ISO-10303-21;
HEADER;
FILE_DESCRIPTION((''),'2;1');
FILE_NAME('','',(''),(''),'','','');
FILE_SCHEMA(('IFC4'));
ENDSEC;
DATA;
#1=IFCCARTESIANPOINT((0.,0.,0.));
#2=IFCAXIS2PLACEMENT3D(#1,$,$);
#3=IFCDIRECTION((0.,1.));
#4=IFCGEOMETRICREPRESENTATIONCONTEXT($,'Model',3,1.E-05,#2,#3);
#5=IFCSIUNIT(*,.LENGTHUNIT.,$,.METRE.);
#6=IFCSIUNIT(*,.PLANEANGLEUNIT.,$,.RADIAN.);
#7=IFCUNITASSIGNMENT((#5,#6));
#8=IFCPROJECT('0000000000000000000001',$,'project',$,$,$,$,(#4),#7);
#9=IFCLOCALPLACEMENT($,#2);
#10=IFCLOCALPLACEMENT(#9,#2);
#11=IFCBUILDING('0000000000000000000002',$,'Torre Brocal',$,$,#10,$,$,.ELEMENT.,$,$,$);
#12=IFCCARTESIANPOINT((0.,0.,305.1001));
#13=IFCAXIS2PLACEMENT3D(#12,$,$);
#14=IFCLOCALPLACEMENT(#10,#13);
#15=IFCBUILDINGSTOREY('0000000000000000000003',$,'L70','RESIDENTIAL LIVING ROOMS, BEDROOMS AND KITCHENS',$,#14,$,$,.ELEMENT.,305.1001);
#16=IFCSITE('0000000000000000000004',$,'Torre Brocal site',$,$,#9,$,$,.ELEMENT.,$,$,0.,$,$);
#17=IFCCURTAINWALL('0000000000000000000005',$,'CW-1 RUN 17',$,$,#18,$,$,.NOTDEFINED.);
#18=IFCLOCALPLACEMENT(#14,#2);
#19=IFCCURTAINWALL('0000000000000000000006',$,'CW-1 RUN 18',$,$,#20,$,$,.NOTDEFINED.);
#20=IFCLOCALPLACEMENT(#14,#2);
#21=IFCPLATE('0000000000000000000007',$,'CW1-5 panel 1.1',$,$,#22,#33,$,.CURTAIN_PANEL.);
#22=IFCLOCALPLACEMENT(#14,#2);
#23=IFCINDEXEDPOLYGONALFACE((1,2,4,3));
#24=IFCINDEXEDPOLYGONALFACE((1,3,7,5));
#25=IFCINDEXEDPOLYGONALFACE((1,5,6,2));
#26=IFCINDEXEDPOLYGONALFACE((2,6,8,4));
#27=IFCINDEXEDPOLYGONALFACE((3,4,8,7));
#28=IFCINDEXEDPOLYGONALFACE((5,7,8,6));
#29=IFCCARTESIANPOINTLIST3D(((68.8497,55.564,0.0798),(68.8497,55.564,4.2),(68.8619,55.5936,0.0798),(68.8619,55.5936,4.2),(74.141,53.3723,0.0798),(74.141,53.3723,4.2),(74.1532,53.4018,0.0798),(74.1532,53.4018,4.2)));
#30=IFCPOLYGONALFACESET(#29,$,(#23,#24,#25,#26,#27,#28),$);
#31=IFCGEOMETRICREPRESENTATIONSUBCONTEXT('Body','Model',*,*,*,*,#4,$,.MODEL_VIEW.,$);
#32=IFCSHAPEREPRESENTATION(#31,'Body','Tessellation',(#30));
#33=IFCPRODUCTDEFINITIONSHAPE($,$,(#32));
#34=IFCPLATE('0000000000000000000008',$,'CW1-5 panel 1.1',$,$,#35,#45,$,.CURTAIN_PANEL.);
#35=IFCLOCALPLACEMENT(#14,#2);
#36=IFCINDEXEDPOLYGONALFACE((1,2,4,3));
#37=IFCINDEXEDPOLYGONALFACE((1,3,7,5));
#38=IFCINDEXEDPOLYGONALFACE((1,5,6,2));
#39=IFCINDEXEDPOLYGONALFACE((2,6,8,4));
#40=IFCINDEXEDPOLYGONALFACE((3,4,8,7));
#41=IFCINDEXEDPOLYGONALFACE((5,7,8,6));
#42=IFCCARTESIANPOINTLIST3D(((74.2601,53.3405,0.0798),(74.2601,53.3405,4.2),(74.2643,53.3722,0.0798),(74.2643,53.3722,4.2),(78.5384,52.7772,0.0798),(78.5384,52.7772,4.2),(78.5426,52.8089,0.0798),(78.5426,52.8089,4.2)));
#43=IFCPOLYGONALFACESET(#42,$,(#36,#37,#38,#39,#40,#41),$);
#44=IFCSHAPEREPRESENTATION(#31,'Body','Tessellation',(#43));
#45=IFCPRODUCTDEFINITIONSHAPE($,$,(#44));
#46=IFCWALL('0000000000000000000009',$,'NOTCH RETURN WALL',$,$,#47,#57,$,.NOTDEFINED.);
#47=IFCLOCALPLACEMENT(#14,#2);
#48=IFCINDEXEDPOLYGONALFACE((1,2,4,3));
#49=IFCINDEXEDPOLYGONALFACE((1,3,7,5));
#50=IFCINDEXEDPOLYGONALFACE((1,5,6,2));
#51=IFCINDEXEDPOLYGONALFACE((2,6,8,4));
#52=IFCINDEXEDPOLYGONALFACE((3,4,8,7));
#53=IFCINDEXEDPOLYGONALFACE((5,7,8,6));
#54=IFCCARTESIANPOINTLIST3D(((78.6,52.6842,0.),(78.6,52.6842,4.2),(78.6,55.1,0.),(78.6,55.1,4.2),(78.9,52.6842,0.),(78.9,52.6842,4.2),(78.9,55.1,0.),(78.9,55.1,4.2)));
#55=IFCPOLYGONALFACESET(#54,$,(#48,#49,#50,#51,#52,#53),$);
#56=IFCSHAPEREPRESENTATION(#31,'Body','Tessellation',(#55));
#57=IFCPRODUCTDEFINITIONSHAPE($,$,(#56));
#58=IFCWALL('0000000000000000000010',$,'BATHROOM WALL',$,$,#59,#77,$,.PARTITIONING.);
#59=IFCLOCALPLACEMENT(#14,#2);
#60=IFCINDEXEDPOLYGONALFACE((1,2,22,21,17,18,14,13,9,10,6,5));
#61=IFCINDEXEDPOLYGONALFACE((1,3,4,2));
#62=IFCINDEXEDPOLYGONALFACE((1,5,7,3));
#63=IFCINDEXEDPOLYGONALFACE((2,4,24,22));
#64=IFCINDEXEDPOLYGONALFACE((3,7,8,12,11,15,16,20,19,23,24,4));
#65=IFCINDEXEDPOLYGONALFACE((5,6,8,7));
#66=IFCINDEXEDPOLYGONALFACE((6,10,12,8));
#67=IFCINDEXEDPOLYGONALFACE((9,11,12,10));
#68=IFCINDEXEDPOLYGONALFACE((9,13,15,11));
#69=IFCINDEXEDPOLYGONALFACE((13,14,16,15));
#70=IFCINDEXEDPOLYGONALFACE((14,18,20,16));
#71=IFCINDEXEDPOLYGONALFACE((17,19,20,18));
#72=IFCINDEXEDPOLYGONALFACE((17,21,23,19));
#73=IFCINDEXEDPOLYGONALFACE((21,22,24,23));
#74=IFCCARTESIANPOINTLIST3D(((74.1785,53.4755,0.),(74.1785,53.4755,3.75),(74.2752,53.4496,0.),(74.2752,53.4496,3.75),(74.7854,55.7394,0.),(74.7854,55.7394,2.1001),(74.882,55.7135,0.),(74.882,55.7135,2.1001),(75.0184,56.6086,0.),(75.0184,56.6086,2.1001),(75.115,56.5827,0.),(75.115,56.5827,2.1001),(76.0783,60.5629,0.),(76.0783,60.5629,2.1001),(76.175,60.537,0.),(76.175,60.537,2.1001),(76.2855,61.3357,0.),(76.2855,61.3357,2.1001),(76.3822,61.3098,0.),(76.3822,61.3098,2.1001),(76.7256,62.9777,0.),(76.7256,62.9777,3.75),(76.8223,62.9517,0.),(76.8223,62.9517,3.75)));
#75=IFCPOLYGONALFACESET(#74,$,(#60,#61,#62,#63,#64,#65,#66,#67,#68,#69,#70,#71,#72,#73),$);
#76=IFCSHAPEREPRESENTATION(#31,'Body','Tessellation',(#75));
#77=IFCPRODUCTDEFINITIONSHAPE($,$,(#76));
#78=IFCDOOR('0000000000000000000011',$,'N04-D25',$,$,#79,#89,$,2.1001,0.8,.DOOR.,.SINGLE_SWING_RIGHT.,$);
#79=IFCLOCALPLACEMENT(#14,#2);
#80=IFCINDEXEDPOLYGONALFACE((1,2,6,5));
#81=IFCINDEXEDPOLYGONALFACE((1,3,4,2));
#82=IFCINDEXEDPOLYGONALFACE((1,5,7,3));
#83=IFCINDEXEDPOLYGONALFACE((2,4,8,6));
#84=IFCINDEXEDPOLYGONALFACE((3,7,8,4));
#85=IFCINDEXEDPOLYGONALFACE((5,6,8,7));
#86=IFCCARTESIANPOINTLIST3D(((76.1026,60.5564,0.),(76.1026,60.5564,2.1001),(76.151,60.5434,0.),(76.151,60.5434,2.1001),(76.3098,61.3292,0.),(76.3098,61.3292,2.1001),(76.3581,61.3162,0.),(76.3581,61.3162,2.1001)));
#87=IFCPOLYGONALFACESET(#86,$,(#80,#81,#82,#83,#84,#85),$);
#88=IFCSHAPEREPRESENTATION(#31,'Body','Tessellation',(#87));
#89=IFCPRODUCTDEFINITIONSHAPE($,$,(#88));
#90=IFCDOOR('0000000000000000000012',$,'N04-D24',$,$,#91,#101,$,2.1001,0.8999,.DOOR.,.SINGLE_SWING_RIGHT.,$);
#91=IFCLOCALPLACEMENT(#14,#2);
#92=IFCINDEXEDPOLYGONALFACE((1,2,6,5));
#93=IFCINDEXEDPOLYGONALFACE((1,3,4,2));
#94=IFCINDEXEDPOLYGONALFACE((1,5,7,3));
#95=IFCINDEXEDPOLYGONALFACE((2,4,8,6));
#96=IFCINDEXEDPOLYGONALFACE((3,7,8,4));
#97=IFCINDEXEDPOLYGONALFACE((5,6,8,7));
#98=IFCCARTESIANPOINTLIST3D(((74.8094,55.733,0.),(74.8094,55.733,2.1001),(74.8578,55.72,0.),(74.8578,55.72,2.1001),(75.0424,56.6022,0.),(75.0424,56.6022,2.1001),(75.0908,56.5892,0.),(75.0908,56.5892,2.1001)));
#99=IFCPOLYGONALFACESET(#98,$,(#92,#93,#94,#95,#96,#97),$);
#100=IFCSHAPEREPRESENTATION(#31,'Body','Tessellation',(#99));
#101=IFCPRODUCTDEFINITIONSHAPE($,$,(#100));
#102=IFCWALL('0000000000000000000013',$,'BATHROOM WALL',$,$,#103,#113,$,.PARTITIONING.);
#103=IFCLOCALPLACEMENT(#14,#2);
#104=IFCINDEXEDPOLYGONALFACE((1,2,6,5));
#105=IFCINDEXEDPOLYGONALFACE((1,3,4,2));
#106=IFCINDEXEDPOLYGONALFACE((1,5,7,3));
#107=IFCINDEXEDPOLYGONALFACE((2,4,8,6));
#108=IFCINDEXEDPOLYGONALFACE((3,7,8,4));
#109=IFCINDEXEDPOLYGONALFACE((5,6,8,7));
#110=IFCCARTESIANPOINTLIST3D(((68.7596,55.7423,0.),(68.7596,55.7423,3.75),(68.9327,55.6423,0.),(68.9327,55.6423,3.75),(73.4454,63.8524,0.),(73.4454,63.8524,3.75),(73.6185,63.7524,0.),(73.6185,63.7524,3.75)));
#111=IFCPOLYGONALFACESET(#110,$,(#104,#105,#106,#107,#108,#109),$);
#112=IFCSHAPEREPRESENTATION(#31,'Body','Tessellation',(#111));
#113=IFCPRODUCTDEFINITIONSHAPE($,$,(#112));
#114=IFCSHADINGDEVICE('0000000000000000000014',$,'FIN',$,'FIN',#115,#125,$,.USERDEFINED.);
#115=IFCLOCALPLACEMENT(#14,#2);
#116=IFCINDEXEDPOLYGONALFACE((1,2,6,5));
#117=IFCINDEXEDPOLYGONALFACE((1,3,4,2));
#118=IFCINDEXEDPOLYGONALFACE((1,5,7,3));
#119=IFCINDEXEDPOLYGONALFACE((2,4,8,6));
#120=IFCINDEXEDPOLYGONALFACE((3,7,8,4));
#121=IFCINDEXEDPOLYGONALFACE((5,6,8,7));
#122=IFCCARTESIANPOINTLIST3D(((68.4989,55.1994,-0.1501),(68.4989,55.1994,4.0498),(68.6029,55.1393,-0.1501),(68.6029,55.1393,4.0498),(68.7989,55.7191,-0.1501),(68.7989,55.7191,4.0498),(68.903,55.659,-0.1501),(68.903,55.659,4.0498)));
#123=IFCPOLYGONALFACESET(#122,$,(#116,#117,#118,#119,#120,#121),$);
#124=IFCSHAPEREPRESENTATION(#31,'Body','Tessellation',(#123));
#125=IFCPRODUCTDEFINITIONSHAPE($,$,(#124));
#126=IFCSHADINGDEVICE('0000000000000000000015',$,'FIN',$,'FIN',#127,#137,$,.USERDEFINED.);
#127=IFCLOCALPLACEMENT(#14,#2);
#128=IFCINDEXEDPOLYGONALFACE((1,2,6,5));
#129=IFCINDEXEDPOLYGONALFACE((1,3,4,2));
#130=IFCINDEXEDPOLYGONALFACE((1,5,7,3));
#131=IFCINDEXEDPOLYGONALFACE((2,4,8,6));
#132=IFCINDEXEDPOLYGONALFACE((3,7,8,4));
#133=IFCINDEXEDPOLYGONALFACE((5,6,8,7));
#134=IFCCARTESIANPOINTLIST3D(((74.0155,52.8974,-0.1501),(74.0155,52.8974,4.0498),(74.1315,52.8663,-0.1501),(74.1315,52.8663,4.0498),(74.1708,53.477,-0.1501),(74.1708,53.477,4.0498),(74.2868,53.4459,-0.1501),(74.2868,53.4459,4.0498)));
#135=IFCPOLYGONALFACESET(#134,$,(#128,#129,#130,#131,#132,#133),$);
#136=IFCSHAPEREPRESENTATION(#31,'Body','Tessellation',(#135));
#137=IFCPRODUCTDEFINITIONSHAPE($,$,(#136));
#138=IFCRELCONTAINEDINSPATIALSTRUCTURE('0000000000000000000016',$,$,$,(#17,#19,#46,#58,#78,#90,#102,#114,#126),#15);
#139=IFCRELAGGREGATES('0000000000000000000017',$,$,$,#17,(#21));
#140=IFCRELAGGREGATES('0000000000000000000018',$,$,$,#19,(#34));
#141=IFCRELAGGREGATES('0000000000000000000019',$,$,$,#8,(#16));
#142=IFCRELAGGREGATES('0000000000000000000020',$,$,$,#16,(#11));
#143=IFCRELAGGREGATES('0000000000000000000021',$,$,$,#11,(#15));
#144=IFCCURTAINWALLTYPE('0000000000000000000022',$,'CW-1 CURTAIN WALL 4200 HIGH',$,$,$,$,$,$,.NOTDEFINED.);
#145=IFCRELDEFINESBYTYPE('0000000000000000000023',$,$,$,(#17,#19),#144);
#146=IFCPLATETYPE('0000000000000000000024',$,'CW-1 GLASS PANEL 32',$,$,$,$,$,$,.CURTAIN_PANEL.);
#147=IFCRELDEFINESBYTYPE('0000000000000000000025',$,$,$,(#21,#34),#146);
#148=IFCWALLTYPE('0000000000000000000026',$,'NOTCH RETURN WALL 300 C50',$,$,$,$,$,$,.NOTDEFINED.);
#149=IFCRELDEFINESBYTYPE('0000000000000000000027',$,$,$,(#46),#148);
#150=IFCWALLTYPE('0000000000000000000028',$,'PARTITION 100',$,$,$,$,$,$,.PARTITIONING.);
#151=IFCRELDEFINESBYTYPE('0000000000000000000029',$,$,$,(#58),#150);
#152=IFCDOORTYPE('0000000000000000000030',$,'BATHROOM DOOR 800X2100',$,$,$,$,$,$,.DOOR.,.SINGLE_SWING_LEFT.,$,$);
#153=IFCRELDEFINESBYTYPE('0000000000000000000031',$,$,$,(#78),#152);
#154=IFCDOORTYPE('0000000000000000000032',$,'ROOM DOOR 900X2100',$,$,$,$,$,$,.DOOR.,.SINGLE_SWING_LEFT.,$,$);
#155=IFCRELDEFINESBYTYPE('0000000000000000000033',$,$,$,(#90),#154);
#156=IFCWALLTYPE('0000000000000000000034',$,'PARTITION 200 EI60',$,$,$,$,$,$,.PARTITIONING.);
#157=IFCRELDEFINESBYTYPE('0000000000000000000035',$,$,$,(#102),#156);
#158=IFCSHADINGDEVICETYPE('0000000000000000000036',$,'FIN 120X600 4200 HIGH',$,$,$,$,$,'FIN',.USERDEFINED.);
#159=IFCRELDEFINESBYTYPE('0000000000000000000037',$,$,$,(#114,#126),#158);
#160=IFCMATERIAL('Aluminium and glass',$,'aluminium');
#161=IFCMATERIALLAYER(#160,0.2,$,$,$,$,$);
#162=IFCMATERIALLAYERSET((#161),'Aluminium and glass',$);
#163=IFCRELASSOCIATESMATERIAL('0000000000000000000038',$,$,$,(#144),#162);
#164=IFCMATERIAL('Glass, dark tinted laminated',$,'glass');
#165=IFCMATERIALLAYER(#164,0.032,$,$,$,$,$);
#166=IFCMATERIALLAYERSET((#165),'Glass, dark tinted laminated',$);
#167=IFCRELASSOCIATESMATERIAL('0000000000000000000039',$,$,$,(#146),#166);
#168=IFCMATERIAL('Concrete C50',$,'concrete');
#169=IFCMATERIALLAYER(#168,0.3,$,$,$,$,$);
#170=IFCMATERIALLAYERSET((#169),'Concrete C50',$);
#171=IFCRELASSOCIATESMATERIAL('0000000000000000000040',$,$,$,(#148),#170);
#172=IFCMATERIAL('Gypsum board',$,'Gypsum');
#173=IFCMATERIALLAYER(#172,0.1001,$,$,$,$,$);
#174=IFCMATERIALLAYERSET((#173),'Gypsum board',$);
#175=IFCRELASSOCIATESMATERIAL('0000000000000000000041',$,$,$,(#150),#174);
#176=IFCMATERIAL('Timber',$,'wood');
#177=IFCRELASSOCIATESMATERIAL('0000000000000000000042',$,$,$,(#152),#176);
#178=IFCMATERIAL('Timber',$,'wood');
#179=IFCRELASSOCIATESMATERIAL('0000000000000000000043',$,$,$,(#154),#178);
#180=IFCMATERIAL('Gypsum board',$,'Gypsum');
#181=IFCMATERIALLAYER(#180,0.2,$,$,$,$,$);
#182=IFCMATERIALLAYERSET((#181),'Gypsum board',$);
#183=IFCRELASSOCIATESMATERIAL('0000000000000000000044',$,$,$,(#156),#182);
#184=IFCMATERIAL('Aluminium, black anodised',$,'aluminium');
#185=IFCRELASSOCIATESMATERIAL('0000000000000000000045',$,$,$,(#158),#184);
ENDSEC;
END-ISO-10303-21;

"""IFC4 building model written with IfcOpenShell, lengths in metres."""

from ifc_helpers import new_model, si_unit, direction, frame, frame_2d, origin, origin_2d, place, context, subcontext, project, spatial, rectangle, extrude, material, layer, layer_set, material_profile, profile_set, type_object, element, fill, aggregate, save


model = new_model("IFC4")

# Units and contexts
model_context = context("Model", 3, precision=1e-05, world=origin(), true_north=direction((0.0, 1.0)))
body_context = subcontext(model_context, "Body", "Model", "MODEL_VIEW")
ifc_project = project(units=[si_unit("LENGTHUNIT", "METRE"), si_unit("PLANEANGLEUNIT", "RADIAN")], contexts=[model_context])

# Site, building, storey
site_placement = place(None, origin())
site = spatial("IfcSite", under=ifc_project, at=site_placement, Name="Torre Brocal site", CompositionType="ELEMENT", RefElevation=0.0)
building_placement = place(site_placement, origin())
building = spatial("IfcBuilding", under=site, at=building_placement, Name="Torre Brocal", CompositionType="ELEMENT")
storey_placement = place(building_placement, frame((0.0, 0.0, 305.1001)))
storey = spatial("IfcBuildingStorey", under=building, at=storey_placement, Name="L70", Description="RESIDENTIAL LIVING ROOMS, BEDROOMS AND KITCHENS", CompositionType="ELEMENT", Elevation=305.1001)

# Shared definitions
ifc_material_1 = material(Name="Aluminium and glass", Category="aluminium")
ifc_layer_1 = layer(ifc_material_1, 0.2)
ifc_layer_set_1 = layer_set([ifc_layer_1], Name="Aluminium and glass")
curtain_wall_type = type_object("IfcCurtainWallType", Name="CW-1 CURTAIN WALL 4200 HIGH", PredefinedType="NOTDEFINED", material=ifc_layer_set_1)

# Curtain walls
curtain_wall_1_placement = place(storey_placement, origin())
curtain_wall_1 = element("IfcCurtainWall", 1, at=curtain_wall_1_placement, inside=storey, type_object=curtain_wall_type, Name="CW-1 RUN 17", PredefinedType="NOTDEFINED")
curtain_wall_2_placement = place(storey_placement, origin())
curtain_wall_2 = element("IfcCurtainWall", 2, at=curtain_wall_2_placement, inside=storey, type_object=curtain_wall_type, Name="CW-1 RUN 18", PredefinedType="NOTDEFINED")

# Plates
ifc_material_2 = material(Name="Glass, dark tinted laminated", Category="glass")
ifc_layer_2 = layer(ifc_material_2, 0.032)
ifc_layer_set_2 = layer_set([ifc_layer_2], Name="Glass, dark tinted laminated")
plate_type = type_object("IfcPlateType", Name="CW-1 GLASS PANEL 32", PredefinedType="CURTAIN_PANEL", material=ifc_layer_set_2)
plate_1_placement = place(storey_placement, frame((71.5015, 54.4829, 0.0798), z_axis=(0.0, 0.0, 1.0), x_axis=(0.92388, -0.382683, 0.0)))
plate_1 = element("IfcPlate", 3, at=plate_1_placement, type_object=plate_type, Name="CW1-5 panel 1.1", PredefinedType="CURTAIN_PANEL", context=body_context, shape_type="SweptSolid", body=[
    extrude(rectangle(XDim=5.7273, YDim=0.032, at=origin_2d()), origin(), (0.0, 0.0, 1.0), 4.1201),
])
aggregate(curtain_wall_1, [plate_1])
plate_2_placement = place(storey_placement, frame((76.4014, 53.0747, 0.0798), z_axis=(0.0, 0.0, 1.0), x_axis=(0.991445, -0.130526, 0.0)))
plate_2 = element("IfcPlate", 4, at=plate_2_placement, type_object=plate_type, Name="CW1-5 panel 1.1", PredefinedType="CURTAIN_PANEL", context=body_context, shape_type="SweptSolid", body=[
    extrude(rectangle(XDim=4.3152, YDim=0.032, at=origin_2d()), origin(), (0.0, 0.0, 1.0), 4.1201),
])
aggregate(curtain_wall_2, [plate_2])

# Wall
ifc_material_3 = material(Name="Concrete C50", Category="concrete")
ifc_layer_3 = layer(ifc_material_3, 0.3)
ifc_layer_set_3 = layer_set([ifc_layer_3], Name="Concrete C50")
wall_type_1 = type_object("IfcWallType", Name="NOTCH RETURN WALL 300 C50", PredefinedType="NOTDEFINED", material=ifc_layer_set_3)
wall_1_placement = place(storey_placement, frame((78.75, 55.1001, 0.0), z_axis=(0.0, 0.0, 1.0), x_axis=(0.0, -1.0, 0.0)))
element("IfcWall", 5, at=wall_1_placement, inside=storey, type_object=wall_type_1, Name="NOTCH RETURN WALL", PredefinedType="NOTDEFINED", context=body_context, shape_type="SweptSolid", body=[
    extrude(rectangle(XDim=2.4158, YDim=0.3, at=frame_2d((1.208, 0.0))), origin(), (0.0, 0.0, 1.0), 4.2),
])

# Wall, openings, doors
ifc_material_4 = material(Name="Gypsum board", Category="Gypsum")
ifc_layer_4 = layer(ifc_material_4, 0.1001)
ifc_layer_set_4 = layer_set([ifc_layer_4], Name="Gypsum board")
wall_type_2 = type_object("IfcWallType", Name="PARTITION 100", PredefinedType="PARTITIONING", material=ifc_layer_set_4)
wall_2_placement = place(storey_placement, frame((74.2268, 53.4624, 0.0), z_axis=(0.0, 0.0, 1.0), x_axis=(0.258915, 0.9659, 0.0)))
wall_2 = element("IfcWall", 6, at=wall_2_placement, inside=storey, type_object=wall_type_2, Name="BATHROOM WALL", PredefinedType="PARTITIONING", context=body_context, shape_type="SweptSolid", body=[
    extrude(rectangle(XDim=9.8376, YDim=0.1001, at=frame_2d((4.9189, 0.0))), origin(), (0.0, 0.0, 1.0), 3.75),
])
opening_1_placement = place(wall_2_placement, frame((2.344, 0.0, 0.0)))
opening_1 = element("IfcOpeningElement", 7, at=opening_1_placement, cuts=wall_2, PredefinedType="OPENING", context=body_context, shape_type="SweptSolid", body=[
    extrude(rectangle(XDim=0.8999, YDim=2.1001, at=frame_2d((0.45, 1.05))), frame((0.0, 0.0601, 0.0), z_axis=(0.0, -1.0, 0.0), x_axis=(1.0, 0.0, 0.0)), (0.0, 0.0, 1.0), 0.1201),
])
opening_2_placement = place(wall_2_placement, frame((7.3379, 0.0, 0.0)))
opening_2 = element("IfcOpeningElement", 8, at=opening_2_placement, cuts=wall_2, PredefinedType="OPENING", context=body_context, shape_type="SweptSolid", body=[
    extrude(rectangle(XDim=0.8, YDim=2.1001, at=frame_2d((0.3999, 1.05))), frame((0.0, 0.0601, 0.0), z_axis=(0.0, -1.0, 0.0), x_axis=(1.0, 0.0, 0.0)), (0.0, 0.0, 1.0), 0.1201),
])
ifc_material_5 = material(Name="Timber", Category="wood")
door_type_1 = type_object("IfcDoorType", Name="BATHROOM DOOR 800X2100", OperationType="SINGLE_SWING_LEFT", PredefinedType="DOOR", material=ifc_material_5)
door_1_placement = place(opening_2_placement, origin())
door_1 = element("IfcDoor", 9, at=door_1_placement, inside=storey, type_object=door_type_1, Name="N04-D25", OperationType="SINGLE_SWING_RIGHT", OverallHeight=2.1001, OverallWidth=0.8, PredefinedType="DOOR", context=body_context, shape_type="SweptSolid", body=[
    extrude(rectangle(XDim=0.8, YDim=2.1001, at=frame_2d((0.3999, 1.05))), frame((0.0, 0.0249, 0.0), z_axis=(0.0, -1.0, 0.0), x_axis=(1.0, 0.0, 0.0)), (0.0, 0.0, 1.0), 0.05),
])
fill(opening_2, door_1)
ifc_material_6 = material(Name="Timber", Category="wood")
door_type_2 = type_object("IfcDoorType", Name="ROOM DOOR 900X2100", OperationType="SINGLE_SWING_LEFT", PredefinedType="DOOR", material=ifc_material_6)
door_2_placement = place(opening_1_placement, frame((0.8999, 0.0, 0.0), z_axis=(0.0, 0.0, 1.0), x_axis=(-1.0, 0.0, 0.0)))
door_2 = element("IfcDoor", 10, at=door_2_placement, inside=storey, type_object=door_type_2, Name="N04-D24", OperationType="SINGLE_SWING_RIGHT", OverallHeight=2.1001, OverallWidth=0.8999, PredefinedType="DOOR", context=body_context, shape_type="SweptSolid", body=[
    extrude(rectangle(XDim=0.8999, YDim=2.1001, at=frame_2d((0.45, 1.05))), frame((0.0, 0.0249, 0.0), z_axis=(0.0, -1.0, 0.0), x_axis=(1.0, 0.0, 0.0)), (0.0, 0.0, 1.0), 0.05),
])
fill(opening_1, door_2)

# Wall
ifc_material_7 = material(Name="Gypsum board", Category="Gypsum")
ifc_layer_5 = layer(ifc_material_7, 0.2)
ifc_layer_set_5 = layer_set([ifc_layer_5], Name="Gypsum board")
wall_type_3 = type_object("IfcWallType", Name="PARTITION 200 EI60", PredefinedType="PARTITIONING", material=ifc_layer_set_5)
wall_3_placement = place(storey_placement, frame((68.8462, 55.6924, 0.0), z_axis=(0.0, 0.0, 1.0), x_axis=(0.500274, 0.865867, 0.0)))
element("IfcWall", 11, at=wall_3_placement, inside=storey, type_object=wall_type_3, Name="BATHROOM WALL", PredefinedType="PARTITIONING", context=body_context, shape_type="SweptSolid", body=[
    extrude(rectangle(XDim=9.3665, YDim=0.2, at=frame_2d((4.6831, 0.0))), origin(), (0.0, 0.0, 1.0), 3.75),
])

# Shading devices
ifc_material_8 = material(Name="Aluminium, black anodised", Category="aluminium")
ifc_material_profile_1 = material_profile(ifc_material_8, rectangle(XDim=0.1201, YDim=0.6001, at=origin_2d()), Name="FIN 120X600 4200 HIGH")
ifc_profile_set_1 = profile_set([ifc_material_profile_1], Name="Aluminium, black anodised")
shading_device_type = type_object("IfcShadingDeviceType", Name="FIN 120X600 4200 HIGH", ElementType="FIN", PredefinedType="USERDEFINED", material=ifc_profile_set_1)
for number, where, z_axis, x_axis, name in (
    (12, (68.7009, 55.4292, -0.1501), (0.0, 0.0, 1.0), (0.866025, -0.5, 0.0), "FIN"),
    (13, (74.1511, 53.1716, -0.1501), (0.0, 0.0, 1.0), (0.965926, -0.258819, 0.0), "FIN"),
):
    element("IfcShadingDevice", number, at=place(storey_placement, frame(where, z_axis=z_axis, x_axis=x_axis)), inside=storey, type_object=shading_device_type, Name=name, ObjectType="FIN", PredefinedType="USERDEFINED", context=body_context, shape_type="SweptSolid", body=[
        extrude(rectangle(XDim=0.1201, YDim=0.6001, at=origin_2d()), origin(), (0.0, 0.0, 1.0), 4.2),
    ])

save(model, "model.ifc")
